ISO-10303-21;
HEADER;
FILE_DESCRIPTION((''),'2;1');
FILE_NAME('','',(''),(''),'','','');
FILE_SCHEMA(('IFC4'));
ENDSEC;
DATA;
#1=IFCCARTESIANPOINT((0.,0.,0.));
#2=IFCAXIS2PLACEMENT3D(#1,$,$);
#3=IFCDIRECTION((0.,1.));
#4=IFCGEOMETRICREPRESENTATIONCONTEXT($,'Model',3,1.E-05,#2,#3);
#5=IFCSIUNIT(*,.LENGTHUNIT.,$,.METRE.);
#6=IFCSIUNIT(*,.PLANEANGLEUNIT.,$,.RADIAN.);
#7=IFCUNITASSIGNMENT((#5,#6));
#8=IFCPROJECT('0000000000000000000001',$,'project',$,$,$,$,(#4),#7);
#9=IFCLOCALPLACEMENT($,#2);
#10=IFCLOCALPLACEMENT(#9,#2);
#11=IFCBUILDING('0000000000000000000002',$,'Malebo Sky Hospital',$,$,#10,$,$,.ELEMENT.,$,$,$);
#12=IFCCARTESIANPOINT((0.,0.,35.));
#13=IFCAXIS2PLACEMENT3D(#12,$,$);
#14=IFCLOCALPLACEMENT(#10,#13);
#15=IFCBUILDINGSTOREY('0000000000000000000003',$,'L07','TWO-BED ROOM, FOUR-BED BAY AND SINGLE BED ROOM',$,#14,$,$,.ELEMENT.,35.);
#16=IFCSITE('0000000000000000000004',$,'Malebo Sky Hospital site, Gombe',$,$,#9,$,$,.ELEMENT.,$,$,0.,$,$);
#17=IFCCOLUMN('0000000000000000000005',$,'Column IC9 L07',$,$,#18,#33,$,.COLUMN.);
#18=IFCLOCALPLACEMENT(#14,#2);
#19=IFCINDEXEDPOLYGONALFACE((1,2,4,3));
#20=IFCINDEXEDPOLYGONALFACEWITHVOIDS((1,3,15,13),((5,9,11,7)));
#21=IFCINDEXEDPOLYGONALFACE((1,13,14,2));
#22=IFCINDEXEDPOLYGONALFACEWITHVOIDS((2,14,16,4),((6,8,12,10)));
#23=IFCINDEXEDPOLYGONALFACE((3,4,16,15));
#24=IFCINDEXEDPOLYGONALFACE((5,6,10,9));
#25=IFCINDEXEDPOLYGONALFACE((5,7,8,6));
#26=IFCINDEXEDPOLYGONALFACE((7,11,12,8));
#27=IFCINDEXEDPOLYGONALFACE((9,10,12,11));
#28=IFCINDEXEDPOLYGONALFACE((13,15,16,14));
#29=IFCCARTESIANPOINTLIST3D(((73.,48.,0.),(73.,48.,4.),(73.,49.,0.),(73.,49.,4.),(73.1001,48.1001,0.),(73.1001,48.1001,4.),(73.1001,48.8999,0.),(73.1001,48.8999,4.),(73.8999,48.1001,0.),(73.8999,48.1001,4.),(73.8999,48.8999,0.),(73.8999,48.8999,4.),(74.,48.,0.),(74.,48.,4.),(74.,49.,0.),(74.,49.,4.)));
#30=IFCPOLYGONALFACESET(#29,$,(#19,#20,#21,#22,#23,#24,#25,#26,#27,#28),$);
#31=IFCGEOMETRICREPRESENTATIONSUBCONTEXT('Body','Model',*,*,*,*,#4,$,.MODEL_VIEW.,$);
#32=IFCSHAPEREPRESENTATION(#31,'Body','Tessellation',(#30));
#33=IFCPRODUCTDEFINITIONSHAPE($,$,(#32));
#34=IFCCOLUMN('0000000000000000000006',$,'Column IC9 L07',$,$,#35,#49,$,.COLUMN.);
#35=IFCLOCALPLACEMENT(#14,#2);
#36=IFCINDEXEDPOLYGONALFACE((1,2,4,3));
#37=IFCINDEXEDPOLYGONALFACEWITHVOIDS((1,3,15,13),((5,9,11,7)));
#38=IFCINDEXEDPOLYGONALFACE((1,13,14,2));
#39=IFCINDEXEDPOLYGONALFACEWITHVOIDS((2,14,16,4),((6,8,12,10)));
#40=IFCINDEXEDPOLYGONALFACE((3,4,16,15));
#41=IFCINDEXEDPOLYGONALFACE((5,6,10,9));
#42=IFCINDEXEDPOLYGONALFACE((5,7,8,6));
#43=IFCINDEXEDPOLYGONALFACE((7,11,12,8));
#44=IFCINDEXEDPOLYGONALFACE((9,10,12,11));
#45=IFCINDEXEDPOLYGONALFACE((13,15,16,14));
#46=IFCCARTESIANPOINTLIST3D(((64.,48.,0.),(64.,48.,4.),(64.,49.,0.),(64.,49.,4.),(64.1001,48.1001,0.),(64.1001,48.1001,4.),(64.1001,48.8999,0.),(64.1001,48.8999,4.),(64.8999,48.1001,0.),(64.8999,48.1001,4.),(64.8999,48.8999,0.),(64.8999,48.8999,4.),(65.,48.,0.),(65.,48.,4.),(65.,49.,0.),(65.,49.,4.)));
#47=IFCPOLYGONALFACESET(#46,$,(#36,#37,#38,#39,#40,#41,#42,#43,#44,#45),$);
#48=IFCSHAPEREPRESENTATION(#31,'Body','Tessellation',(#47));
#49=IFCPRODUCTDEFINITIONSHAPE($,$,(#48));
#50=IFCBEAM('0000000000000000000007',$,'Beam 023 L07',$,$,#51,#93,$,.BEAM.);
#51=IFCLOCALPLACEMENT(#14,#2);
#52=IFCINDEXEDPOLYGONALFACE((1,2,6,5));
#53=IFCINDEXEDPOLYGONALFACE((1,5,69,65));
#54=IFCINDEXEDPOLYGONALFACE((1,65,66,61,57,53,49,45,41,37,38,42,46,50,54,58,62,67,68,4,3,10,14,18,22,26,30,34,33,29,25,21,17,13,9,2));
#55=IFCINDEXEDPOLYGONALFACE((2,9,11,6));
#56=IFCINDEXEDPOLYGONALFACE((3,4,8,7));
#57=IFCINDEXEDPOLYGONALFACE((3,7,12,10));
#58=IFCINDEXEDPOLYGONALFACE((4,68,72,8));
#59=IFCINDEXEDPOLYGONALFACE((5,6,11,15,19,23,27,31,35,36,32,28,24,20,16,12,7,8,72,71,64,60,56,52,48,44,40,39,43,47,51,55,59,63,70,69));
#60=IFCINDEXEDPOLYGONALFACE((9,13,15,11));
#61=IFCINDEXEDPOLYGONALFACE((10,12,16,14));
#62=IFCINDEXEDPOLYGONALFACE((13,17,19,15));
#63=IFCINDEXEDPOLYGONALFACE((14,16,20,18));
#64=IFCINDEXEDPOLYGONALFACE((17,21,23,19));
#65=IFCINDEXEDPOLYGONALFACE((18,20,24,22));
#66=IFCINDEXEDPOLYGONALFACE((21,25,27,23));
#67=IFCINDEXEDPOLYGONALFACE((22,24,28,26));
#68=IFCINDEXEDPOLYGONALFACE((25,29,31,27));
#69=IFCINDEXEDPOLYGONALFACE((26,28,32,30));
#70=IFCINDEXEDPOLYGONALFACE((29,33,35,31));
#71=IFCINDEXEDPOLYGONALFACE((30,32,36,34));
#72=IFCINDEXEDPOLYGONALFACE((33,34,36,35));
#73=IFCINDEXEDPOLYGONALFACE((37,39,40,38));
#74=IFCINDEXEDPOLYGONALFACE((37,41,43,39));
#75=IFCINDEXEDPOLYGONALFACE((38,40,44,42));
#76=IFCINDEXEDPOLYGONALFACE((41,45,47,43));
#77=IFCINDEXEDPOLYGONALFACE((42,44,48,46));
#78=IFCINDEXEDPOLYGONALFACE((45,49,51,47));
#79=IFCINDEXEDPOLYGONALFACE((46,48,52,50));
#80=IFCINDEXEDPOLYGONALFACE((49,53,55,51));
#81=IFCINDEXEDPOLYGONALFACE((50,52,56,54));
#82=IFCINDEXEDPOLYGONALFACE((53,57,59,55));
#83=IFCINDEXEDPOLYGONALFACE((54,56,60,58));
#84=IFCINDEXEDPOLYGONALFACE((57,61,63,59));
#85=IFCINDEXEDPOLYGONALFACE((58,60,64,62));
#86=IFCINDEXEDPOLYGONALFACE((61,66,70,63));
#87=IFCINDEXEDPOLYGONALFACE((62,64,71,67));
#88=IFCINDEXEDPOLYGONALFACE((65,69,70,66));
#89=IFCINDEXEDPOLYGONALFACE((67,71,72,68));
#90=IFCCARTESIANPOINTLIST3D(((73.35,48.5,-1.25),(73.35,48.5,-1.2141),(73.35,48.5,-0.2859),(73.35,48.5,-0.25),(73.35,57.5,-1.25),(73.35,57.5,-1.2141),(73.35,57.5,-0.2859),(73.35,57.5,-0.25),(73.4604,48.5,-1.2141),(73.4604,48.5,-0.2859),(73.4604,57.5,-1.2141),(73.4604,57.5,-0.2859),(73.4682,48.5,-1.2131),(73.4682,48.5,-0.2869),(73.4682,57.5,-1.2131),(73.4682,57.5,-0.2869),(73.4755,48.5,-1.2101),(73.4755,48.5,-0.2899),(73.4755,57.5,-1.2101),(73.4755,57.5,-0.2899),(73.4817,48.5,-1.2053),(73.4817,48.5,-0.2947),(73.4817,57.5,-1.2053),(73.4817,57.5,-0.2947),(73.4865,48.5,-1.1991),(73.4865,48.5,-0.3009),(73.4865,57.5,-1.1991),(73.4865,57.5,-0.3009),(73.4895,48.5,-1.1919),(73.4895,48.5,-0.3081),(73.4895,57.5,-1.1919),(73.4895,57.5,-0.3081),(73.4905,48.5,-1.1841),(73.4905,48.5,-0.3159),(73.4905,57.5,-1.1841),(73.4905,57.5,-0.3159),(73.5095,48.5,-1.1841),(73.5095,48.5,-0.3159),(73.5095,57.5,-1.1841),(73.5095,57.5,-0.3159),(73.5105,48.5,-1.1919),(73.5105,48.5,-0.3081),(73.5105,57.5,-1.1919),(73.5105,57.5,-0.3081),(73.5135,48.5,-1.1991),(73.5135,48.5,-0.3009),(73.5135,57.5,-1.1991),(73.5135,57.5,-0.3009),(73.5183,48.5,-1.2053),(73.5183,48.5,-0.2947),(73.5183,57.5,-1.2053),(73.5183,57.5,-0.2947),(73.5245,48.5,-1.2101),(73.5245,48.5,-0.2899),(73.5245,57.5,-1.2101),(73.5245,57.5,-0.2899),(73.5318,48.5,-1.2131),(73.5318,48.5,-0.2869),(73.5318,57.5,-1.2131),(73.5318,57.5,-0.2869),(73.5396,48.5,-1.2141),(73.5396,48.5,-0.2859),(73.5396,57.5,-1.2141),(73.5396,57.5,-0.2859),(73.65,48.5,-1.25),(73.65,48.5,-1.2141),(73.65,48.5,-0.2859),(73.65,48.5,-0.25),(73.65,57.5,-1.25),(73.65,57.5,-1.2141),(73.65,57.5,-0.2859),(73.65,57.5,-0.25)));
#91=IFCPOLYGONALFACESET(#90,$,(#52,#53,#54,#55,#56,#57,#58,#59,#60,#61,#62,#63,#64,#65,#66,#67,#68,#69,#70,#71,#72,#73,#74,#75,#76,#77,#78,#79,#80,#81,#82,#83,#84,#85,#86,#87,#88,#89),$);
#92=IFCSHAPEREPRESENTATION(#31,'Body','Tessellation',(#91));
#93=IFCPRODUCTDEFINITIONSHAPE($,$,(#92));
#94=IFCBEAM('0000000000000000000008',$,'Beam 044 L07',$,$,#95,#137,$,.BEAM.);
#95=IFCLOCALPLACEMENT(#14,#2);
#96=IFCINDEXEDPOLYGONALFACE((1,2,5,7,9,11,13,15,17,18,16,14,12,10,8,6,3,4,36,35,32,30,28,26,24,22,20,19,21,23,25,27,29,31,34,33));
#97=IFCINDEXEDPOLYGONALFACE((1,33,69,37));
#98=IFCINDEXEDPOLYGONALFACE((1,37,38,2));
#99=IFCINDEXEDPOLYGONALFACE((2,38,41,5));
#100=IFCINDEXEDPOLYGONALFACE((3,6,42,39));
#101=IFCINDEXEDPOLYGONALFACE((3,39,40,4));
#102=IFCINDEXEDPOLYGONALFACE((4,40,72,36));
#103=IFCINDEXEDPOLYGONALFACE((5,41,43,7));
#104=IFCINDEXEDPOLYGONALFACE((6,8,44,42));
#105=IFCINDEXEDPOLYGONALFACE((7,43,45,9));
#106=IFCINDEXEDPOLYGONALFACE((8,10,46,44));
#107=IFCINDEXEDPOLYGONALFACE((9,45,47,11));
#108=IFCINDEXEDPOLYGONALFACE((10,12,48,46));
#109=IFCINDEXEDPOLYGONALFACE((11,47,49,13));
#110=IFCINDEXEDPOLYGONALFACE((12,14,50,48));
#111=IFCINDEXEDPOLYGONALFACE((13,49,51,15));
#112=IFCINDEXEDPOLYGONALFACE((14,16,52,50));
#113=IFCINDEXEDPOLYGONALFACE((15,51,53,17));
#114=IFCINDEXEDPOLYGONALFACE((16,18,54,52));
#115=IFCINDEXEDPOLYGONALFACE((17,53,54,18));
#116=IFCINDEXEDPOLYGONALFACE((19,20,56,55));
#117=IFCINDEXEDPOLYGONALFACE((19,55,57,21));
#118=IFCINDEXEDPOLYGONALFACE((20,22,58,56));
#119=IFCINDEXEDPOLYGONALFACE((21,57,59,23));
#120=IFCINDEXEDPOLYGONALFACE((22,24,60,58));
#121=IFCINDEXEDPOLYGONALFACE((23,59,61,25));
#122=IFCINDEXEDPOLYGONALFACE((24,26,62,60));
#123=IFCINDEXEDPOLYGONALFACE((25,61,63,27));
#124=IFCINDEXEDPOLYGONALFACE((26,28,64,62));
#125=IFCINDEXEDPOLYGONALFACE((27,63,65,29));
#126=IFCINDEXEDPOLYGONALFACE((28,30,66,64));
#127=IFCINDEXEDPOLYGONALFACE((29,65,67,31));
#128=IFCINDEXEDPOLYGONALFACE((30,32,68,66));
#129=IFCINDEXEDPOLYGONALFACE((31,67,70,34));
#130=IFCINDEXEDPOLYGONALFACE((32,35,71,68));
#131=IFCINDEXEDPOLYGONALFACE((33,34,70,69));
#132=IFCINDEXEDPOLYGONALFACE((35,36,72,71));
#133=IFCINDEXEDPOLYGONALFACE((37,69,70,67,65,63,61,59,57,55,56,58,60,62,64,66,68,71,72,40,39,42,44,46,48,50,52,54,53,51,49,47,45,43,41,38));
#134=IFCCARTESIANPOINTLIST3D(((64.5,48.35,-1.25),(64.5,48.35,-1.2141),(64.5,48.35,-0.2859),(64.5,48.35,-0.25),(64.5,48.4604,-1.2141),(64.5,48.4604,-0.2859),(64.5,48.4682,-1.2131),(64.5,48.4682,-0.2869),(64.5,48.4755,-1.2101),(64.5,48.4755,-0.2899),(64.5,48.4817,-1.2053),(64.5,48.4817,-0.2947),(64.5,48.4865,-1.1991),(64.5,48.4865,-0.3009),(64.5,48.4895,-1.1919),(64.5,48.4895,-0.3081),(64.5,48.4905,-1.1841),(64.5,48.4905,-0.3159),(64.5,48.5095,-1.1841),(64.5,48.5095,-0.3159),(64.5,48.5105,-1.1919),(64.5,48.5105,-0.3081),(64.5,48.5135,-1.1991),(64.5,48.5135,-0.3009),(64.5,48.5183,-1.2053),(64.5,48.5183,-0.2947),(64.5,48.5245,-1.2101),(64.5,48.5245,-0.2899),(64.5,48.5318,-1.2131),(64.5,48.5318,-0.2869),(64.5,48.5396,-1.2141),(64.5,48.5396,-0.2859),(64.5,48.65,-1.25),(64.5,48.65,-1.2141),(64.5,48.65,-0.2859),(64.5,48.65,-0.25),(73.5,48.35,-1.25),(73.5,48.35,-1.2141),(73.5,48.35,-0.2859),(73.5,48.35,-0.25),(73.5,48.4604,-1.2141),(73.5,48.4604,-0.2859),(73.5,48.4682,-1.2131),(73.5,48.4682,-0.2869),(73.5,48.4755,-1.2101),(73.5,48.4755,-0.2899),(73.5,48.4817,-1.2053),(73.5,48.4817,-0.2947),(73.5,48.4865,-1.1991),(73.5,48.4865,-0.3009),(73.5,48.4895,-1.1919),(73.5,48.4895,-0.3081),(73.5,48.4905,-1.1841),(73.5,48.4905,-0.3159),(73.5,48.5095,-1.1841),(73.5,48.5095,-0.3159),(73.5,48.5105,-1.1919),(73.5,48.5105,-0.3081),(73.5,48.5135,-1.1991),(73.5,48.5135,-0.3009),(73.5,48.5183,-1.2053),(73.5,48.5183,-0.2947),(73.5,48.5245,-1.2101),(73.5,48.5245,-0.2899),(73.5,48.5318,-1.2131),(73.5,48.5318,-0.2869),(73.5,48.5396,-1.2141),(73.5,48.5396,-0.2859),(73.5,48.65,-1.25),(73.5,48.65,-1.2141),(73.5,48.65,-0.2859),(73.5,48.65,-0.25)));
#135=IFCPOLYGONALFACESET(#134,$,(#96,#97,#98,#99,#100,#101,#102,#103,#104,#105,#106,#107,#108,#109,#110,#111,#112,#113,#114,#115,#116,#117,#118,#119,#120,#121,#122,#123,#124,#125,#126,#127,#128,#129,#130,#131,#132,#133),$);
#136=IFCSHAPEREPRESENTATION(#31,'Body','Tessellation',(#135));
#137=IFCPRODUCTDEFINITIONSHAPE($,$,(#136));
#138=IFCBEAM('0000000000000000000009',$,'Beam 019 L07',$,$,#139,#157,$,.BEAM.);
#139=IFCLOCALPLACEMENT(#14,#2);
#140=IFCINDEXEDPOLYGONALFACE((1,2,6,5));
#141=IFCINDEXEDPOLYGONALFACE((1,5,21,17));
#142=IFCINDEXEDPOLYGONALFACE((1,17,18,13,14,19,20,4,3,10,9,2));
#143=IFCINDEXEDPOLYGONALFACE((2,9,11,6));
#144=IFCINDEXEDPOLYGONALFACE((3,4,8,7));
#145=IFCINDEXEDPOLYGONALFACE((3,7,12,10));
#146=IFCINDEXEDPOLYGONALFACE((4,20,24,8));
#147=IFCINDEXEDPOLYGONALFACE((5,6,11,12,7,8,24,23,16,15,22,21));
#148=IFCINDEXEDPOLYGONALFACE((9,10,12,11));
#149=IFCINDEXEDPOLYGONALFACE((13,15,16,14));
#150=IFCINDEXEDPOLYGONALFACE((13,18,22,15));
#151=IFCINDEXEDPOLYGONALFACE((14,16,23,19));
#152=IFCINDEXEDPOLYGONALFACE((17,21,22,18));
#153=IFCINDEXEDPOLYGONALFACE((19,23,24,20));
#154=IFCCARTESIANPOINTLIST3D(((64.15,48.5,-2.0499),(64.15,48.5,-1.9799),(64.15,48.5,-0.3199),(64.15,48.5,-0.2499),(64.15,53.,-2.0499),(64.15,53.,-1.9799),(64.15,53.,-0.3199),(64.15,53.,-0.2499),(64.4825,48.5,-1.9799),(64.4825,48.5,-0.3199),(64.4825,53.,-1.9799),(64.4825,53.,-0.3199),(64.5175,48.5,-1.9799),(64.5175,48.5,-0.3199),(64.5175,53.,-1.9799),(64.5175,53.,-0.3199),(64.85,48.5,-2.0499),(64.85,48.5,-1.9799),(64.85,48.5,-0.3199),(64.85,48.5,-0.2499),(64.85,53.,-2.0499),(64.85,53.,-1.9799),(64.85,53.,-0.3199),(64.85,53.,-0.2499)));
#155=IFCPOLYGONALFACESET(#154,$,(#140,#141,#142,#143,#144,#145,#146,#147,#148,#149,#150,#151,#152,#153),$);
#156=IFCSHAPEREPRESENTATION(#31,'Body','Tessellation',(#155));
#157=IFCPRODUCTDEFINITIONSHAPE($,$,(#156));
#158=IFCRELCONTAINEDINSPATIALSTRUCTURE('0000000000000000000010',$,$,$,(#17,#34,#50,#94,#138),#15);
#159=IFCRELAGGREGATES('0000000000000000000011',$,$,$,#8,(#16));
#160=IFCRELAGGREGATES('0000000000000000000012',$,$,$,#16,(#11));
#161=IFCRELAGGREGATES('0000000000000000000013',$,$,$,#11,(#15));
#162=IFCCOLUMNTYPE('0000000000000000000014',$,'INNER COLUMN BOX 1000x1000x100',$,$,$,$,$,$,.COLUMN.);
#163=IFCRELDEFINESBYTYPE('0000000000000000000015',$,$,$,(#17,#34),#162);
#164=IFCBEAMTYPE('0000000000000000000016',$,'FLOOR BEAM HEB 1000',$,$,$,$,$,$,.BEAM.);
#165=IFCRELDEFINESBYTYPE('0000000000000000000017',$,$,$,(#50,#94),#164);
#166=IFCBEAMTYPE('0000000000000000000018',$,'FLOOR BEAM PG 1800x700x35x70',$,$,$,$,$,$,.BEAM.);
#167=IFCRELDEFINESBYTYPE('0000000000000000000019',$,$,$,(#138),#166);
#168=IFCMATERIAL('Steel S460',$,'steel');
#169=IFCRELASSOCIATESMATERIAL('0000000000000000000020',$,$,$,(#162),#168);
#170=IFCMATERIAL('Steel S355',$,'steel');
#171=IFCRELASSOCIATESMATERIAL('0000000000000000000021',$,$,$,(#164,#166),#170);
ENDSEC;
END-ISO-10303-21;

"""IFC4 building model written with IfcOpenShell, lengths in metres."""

from ifc_helpers import new_model, si_unit, direction, frame, origin, origin_2d, place, context, subcontext, project, spatial, hollow_rectangle, i_section, extrude, material, material_profile, profile_set, type_object, element, save


model = new_model("IFC4")

# Units and contexts
model_context = context("Model", 3, precision=1e-05, world=origin(), true_north=direction((0.0, 1.0)))
body_context = subcontext(model_context, "Body", "Model", "MODEL_VIEW")
ifc_project = project(units=[si_unit("LENGTHUNIT", "METRE"), si_unit("PLANEANGLEUNIT", "RADIAN")], contexts=[model_context])

# Site, building, storey
site_placement = place(None, origin())
site = spatial("IfcSite", under=ifc_project, at=site_placement, Name="Malebo Sky Hospital site, Gombe", CompositionType="ELEMENT", RefElevation=0.0)
building_placement = place(site_placement, origin())
building = spatial("IfcBuilding", under=site, at=building_placement, Name="Malebo Sky Hospital", CompositionType="ELEMENT")
storey_placement = place(building_placement, frame((0.0, 0.0, 35.0)))
storey = spatial("IfcBuildingStorey", under=building, at=storey_placement, Name="L07", Description="TWO-BED ROOM, FOUR-BED BAY AND SINGLE BED ROOM", CompositionType="ELEMENT", Elevation=35.0)

# Columns
ifc_material_1 = material(Name="Steel S460", Category="steel")
ifc_material_profile_1 = material_profile(ifc_material_1, hollow_rectangle(XDim=1.0, YDim=1.0, WallThickness=0.1001, at=origin_2d()), Name="BOX 1000x1000x100")
ifc_profile_set_1 = profile_set([ifc_material_profile_1], Name="Steel S460")
column_type = type_object("IfcColumnType", Name="INNER COLUMN BOX 1000x1000x100", PredefinedType="COLUMN", material=ifc_profile_set_1)
for number, where, z_axis, x_axis, name in (
    (1, (73.5, 48.5, 0.0), (0.0, 0.0, 1.0), (1.0, 0.0, 0.0), "Column IC9 L07"),
    (2, (64.5, 48.5, 0.0), (0.0, 0.0, 1.0), (1.0, 0.0, 0.0), "Column IC9 L07"),
):
    element("IfcColumn", number, at=place(storey_placement, frame(where, z_axis=z_axis, x_axis=x_axis)), inside=storey, type_object=column_type, Name=name, PredefinedType="COLUMN", context=body_context, shape_type="SweptSolid", body=[
        extrude(hollow_rectangle(XDim=1.0, YDim=1.0, WallThickness=0.1001, at=origin_2d()), origin(), (0.0, 0.0, 1.0), 4.0),
    ])

# Beams
ifc_material_2 = material(Name="Steel S355", Category="steel")
ifc_material_profile_2 = material_profile(ifc_material_2, i_section(OverallWidth=0.3, OverallDepth=1.0, WebThickness=0.019, FlangeThickness=0.0359, FilletRadius=0.03, at=origin_2d()), Name="HEB 1000")
ifc_profile_set_2 = profile_set([ifc_material_profile_2], Name="Steel S355")
beam_type_1 = type_object("IfcBeamType", Name="FLOOR BEAM HEB 1000", PredefinedType="BEAM", material=ifc_profile_set_2)
for number, where, z_axis, x_axis, name in (
    (3, (73.5, 48.5, -0.75), (0.0, 1.0, 0.0), (-1.0, 0.0, 0.0), "Beam 023 L07"),
    (4, (64.5, 48.5, -0.75), (1.0, 0.0, 0.0), (0.0, 1.0, 0.0), "Beam 044 L07"),
):
    element("IfcBeam", number, at=place(storey_placement, frame(where, z_axis=z_axis, x_axis=x_axis)), inside=storey, type_object=beam_type_1, Name=name, PredefinedType="BEAM", context=body_context, shape_type="SweptSolid", body=[
        extrude(i_section(OverallWidth=0.3, OverallDepth=1.0, WebThickness=0.019, FlangeThickness=0.0359, FilletRadius=0.03, at=origin_2d()), origin(), (0.0, 0.0, 1.0), 9.0),
    ])
ifc_material_profile_3 = material_profile(ifc_material_2, i_section(OverallWidth=0.7, OverallDepth=1.8, WebThickness=0.0349, FlangeThickness=0.0701, at=origin_2d()), Name="PG 1800x700x35x70")
ifc_profile_set_3 = profile_set([ifc_material_profile_3], Name="Steel S355")
beam_type_2 = type_object("IfcBeamType", Name="FLOOR BEAM PG 1800x700x35x70", PredefinedType="BEAM", material=ifc_profile_set_3)
beam_1_placement = place(storey_placement, frame((64.5, 48.5, -1.1499), z_axis=(0.0, 1.0, 0.0), x_axis=(-1.0, 0.0, 0.0)))
element("IfcBeam", 5, at=beam_1_placement, inside=storey, type_object=beam_type_2, Name="Beam 019 L07", PredefinedType="BEAM", context=body_context, shape_type="SweptSolid", body=[
    extrude(i_section(OverallWidth=0.7, OverallDepth=1.8, WebThickness=0.0349, FlangeThickness=0.0701, at=origin_2d()), origin(), (0.0, 0.0, 1.0), 4.5),
])

save(model, "model.ifc")
